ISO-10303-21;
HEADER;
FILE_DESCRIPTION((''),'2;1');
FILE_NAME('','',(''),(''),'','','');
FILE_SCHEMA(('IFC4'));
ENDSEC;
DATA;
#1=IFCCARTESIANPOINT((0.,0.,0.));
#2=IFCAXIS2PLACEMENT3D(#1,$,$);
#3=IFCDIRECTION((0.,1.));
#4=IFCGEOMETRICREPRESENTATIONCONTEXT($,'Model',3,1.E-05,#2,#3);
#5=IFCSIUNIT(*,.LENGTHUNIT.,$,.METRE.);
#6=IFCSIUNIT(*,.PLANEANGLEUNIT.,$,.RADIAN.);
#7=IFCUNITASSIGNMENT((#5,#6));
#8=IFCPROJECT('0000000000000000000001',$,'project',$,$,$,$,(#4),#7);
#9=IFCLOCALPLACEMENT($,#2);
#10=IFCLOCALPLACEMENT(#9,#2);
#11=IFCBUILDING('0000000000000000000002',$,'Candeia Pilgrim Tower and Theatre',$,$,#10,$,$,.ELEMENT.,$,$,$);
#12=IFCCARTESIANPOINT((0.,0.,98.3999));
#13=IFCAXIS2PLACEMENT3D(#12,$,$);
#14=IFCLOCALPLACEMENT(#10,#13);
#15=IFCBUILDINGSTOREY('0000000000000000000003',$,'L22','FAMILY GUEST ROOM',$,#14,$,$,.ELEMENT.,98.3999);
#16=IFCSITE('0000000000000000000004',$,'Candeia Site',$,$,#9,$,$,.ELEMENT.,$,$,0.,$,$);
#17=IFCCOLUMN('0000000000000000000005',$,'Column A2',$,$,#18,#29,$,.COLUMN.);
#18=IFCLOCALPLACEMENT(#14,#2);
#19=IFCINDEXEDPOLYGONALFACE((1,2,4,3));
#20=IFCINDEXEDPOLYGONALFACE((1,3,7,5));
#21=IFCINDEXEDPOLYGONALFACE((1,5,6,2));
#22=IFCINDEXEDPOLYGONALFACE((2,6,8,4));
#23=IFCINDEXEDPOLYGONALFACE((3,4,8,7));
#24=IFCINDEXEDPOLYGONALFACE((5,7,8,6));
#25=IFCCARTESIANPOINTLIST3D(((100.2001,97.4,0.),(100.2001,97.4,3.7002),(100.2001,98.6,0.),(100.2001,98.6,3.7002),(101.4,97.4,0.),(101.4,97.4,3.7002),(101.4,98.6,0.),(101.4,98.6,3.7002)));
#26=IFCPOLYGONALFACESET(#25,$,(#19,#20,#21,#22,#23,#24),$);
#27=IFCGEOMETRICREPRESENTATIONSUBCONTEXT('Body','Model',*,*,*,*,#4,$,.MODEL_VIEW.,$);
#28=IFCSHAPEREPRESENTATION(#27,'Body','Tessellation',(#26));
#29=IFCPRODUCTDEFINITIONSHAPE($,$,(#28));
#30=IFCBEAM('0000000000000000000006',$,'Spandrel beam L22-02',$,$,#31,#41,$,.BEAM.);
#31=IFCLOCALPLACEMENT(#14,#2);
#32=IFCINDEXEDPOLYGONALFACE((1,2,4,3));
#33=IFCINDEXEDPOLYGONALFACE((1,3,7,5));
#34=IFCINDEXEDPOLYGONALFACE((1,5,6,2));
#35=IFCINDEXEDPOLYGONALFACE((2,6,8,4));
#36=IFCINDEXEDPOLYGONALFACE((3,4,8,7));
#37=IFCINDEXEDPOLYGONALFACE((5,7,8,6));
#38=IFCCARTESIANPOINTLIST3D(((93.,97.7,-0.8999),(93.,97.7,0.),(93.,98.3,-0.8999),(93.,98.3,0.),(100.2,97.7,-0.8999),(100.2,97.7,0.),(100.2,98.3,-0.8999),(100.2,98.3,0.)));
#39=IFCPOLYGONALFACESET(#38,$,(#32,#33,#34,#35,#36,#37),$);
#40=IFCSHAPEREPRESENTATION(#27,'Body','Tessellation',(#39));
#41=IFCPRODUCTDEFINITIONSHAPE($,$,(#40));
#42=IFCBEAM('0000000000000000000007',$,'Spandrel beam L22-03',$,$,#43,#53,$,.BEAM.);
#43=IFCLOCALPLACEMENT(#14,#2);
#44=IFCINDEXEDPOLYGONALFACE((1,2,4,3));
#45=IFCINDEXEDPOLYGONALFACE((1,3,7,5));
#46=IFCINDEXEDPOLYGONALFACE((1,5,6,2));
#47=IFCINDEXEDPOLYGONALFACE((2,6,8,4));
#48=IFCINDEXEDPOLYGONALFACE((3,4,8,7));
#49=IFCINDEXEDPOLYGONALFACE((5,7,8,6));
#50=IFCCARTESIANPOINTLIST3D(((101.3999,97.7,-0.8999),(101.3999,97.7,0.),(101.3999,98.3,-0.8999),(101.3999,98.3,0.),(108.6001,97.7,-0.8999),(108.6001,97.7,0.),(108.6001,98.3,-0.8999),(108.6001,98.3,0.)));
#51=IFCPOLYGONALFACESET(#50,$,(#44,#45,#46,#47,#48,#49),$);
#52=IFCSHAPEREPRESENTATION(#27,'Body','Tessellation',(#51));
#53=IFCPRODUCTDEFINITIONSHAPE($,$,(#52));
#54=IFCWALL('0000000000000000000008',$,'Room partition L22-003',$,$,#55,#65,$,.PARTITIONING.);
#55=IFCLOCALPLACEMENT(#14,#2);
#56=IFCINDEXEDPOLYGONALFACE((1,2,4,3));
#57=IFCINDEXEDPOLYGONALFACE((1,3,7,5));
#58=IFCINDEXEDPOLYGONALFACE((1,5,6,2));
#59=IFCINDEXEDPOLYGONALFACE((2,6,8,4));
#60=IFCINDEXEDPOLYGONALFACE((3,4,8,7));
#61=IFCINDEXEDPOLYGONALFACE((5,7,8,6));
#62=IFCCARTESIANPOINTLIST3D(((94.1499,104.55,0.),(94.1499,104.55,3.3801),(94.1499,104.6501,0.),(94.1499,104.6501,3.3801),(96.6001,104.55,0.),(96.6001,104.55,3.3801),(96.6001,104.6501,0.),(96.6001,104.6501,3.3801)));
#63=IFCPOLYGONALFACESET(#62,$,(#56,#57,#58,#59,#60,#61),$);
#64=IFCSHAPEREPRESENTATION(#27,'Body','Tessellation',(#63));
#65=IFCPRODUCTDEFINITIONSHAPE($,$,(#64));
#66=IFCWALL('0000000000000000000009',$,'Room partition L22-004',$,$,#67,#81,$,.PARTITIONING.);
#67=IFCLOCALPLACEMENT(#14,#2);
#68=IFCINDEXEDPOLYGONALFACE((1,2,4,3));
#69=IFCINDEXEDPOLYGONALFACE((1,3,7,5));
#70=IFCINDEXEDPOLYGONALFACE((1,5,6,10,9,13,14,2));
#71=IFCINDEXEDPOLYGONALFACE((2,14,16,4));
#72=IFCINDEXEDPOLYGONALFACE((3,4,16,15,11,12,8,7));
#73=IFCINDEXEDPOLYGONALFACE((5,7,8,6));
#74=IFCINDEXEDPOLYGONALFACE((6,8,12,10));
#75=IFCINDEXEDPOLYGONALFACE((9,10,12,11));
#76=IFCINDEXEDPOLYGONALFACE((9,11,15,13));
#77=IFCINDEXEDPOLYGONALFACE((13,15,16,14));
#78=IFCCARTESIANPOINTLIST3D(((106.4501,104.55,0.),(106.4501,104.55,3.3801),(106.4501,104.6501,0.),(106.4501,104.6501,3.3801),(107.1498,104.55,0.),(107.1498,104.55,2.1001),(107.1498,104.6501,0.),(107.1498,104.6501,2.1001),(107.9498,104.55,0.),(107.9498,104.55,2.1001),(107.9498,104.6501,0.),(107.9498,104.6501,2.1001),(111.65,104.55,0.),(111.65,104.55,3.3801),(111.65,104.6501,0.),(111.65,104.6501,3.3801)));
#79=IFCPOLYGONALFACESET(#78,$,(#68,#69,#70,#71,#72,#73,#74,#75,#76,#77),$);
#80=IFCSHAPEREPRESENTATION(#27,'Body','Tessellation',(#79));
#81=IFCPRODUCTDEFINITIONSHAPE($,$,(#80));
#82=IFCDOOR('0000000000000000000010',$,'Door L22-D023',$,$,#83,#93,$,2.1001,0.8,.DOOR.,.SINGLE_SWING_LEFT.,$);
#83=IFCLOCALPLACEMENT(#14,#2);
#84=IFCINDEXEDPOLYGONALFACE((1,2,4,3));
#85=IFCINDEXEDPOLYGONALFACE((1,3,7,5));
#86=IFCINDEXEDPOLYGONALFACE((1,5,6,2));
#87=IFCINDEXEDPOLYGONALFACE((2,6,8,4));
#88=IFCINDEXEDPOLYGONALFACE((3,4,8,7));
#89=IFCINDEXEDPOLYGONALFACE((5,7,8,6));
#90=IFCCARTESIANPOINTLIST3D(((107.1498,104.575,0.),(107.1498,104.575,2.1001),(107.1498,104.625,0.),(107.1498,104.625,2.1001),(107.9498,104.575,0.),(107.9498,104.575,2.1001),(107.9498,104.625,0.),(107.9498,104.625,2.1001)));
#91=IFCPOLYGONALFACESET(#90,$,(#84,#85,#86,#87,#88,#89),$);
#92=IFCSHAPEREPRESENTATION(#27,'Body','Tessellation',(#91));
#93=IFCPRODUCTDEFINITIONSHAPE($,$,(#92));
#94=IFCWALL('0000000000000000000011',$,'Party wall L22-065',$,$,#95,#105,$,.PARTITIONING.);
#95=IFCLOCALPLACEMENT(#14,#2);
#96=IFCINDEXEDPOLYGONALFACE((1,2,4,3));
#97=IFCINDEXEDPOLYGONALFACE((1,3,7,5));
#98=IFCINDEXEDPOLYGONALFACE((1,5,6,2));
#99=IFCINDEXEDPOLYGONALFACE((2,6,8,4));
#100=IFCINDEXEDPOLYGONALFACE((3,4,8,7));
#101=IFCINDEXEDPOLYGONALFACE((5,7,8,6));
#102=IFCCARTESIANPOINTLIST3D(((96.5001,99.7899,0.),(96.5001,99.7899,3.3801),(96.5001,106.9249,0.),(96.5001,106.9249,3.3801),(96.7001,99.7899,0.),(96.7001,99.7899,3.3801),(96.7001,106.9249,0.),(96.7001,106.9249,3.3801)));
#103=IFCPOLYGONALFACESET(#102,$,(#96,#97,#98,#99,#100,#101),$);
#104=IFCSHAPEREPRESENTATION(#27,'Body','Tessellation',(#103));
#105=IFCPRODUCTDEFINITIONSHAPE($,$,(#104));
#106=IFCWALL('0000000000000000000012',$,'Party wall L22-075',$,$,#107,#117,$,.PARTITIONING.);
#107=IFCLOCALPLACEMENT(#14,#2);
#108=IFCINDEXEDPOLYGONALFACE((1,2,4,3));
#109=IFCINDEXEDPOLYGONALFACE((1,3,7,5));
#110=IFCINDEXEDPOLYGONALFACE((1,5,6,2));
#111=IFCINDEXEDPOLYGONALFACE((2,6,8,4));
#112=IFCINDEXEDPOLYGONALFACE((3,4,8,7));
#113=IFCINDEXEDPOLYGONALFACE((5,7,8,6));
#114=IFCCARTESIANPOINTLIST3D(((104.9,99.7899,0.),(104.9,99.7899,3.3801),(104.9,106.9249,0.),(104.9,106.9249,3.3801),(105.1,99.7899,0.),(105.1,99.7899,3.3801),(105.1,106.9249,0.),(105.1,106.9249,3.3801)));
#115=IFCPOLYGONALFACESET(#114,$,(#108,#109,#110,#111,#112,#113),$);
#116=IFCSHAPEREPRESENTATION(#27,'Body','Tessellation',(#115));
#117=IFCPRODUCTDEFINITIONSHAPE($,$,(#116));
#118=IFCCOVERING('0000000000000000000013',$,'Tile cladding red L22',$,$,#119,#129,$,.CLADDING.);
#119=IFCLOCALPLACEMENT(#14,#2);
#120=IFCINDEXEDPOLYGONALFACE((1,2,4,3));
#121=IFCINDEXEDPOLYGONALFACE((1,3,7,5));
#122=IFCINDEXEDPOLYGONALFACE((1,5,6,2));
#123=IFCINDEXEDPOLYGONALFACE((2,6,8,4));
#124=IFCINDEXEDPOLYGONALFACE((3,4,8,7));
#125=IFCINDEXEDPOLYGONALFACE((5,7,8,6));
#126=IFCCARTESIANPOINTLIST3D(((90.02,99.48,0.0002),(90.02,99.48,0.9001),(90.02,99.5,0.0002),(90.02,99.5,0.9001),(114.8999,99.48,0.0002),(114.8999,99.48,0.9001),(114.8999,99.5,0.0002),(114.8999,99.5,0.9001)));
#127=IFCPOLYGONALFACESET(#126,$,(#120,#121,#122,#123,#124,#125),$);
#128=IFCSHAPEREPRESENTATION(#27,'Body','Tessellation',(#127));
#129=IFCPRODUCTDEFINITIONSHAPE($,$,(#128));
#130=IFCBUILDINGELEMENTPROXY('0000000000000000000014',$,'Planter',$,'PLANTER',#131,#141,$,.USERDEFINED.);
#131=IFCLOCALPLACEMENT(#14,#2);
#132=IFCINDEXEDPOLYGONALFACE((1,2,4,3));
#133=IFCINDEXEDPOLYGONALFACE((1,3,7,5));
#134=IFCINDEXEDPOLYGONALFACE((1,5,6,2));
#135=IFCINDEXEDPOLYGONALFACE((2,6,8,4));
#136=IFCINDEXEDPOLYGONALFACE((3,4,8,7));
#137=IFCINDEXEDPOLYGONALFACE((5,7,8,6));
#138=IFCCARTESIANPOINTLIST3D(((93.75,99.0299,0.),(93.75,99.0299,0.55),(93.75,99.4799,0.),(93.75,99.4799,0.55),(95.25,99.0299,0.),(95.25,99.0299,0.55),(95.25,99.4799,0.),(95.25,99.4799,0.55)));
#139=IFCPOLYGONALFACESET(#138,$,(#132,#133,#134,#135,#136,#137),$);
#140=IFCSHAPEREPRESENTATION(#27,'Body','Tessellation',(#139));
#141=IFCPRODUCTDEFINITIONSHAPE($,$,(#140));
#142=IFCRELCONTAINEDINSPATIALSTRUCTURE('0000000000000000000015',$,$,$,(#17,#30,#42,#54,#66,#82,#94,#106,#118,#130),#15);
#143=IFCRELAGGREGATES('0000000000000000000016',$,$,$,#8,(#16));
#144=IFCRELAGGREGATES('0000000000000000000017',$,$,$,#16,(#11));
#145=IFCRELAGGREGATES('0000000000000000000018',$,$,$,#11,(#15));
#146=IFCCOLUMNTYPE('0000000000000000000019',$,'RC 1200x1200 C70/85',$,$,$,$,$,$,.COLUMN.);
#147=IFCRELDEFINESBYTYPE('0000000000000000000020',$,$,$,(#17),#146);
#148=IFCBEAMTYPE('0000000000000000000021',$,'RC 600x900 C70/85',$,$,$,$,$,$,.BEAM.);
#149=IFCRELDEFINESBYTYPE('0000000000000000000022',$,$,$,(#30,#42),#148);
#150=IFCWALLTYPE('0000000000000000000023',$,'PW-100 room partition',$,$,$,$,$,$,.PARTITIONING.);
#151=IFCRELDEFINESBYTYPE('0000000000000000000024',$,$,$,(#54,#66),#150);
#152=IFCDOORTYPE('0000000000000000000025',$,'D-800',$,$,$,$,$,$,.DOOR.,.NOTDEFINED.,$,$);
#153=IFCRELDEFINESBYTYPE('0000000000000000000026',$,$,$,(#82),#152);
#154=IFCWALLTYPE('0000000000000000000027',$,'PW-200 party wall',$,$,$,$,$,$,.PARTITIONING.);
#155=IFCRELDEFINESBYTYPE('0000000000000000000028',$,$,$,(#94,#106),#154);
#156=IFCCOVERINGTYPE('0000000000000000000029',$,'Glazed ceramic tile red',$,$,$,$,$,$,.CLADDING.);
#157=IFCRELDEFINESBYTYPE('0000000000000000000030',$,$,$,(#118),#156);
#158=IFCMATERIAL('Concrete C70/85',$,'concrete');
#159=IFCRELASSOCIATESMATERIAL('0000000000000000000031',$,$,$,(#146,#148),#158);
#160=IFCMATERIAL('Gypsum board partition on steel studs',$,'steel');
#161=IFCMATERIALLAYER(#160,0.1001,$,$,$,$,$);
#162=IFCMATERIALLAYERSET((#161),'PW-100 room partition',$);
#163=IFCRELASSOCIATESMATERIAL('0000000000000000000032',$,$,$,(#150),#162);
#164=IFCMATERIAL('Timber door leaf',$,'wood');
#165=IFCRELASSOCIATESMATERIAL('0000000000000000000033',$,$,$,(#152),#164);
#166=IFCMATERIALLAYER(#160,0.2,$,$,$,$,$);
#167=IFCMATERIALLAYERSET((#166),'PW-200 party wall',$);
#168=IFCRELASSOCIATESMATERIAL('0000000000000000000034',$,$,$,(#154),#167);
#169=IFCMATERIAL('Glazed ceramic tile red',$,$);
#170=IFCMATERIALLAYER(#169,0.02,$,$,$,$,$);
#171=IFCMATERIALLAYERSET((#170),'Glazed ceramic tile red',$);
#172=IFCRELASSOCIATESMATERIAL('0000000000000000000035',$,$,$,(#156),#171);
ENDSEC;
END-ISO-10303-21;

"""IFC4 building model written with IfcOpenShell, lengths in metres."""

from ifc_helpers import new_model, si_unit, direction, frame, frame_2d, origin, origin_2d, place, context, subcontext, project, spatial, rectangle, extrude, material, layer, layer_set, material_profile, profile_set, type_object, element, fill, save


model = new_model("IFC4")

# Units and contexts
model_context = context("Model", 3, precision=1e-05, world=origin(), true_north=direction((0.0, 1.0)))
body_context = subcontext(model_context, "Body", "Model", "MODEL_VIEW")
ifc_project = project(units=[si_unit("LENGTHUNIT", "METRE"), si_unit("PLANEANGLEUNIT", "RADIAN")], contexts=[model_context])

# Site, building, storey
site_placement = place(None, origin())
site = spatial("IfcSite", under=ifc_project, at=site_placement, Name="Candeia Site", CompositionType="ELEMENT", RefElevation=0.0)
building_placement = place(site_placement, origin())
building = spatial("IfcBuilding", under=site, at=building_placement, Name="Candeia Pilgrim Tower and Theatre", CompositionType="ELEMENT")
storey_placement = place(building_placement, frame((0.0, 0.0, 98.3999)))
storey = spatial("IfcBuildingStorey", under=building, at=storey_placement, Name="L22", Description="FAMILY GUEST ROOM", CompositionType="ELEMENT", Elevation=98.3999)

# Column
ifc_material_1 = material(Name="Concrete C70/85", Category="concrete")
ifc_material_profile_1 = material_profile(ifc_material_1, rectangle(XDim=1.2, YDim=1.2, at=origin_2d()))
ifc_profile_set_1 = profile_set([ifc_material_profile_1], Name="Concrete C70/85")
column_type = type_object("IfcColumnType", Name="RC 1200x1200 C70/85", PredefinedType="COLUMN", material=ifc_profile_set_1)
column_placement = place(storey_placement, frame((100.8, 98.0, 0.0), z_axis=(0.0, 0.0, 1.0), x_axis=(1.0, 0.0, 0.0)))
element("IfcColumn", 1, at=column_placement, inside=storey, type_object=column_type, Name="Column A2", PredefinedType="COLUMN", context=body_context, shape_type="SweptSolid", body=[
    extrude(rectangle(XDim=1.2, YDim=1.2, at=origin_2d()), origin(), (0.0, 0.0, 1.0), 3.7002),
])

# Beams
ifc_material_profile_2 = material_profile(ifc_material_1, rectangle(XDim=0.6001, YDim=0.8999, at=origin_2d()))
ifc_profile_set_2 = profile_set([ifc_material_profile_2], Name="Concrete C70/85")
beam_type = type_object("IfcBeamType", Name="RC 600x900 C70/85", PredefinedType="BEAM", material=ifc_profile_set_2)
beam_1_placement = place(storey_placement, frame((93.0, 98.0, -0.45), z_axis=(1.0, 0.0, 0.0), x_axis=(0.0, 1.0, 0.0)))
element("IfcBeam", 2, at=beam_1_placement, inside=storey, type_object=beam_type, Name="Spandrel beam L22-02", PredefinedType="BEAM", context=body_context, shape_type="SweptSolid", body=[
    extrude(rectangle(XDim=0.6001, YDim=0.8999, at=origin_2d()), origin(), (0.0, 0.0, 1.0), 7.2),
])
beam_2_placement = place(storey_placement, frame((101.3999, 98.0, -0.45), z_axis=(1.0, 0.0, 0.0), x_axis=(0.0, 1.0, 0.0)))
element("IfcBeam", 3, at=beam_2_placement, inside=storey, type_object=beam_type, Name="Spandrel beam L22-03", PredefinedType="BEAM", context=body_context, shape_type="SweptSolid", body=[
    extrude(rectangle(XDim=0.6001, YDim=0.8999, at=origin_2d()), origin(), (0.0, 0.0, 1.0), 7.2002),
])

# Wall
ifc_material_2 = material(Name="Gypsum board partition on steel studs", Category="steel")
ifc_layer_1 = layer(ifc_material_2, 0.1001)
ifc_layer_set_1 = layer_set([ifc_layer_1], Name="PW-100 room partition")
wall_type_1 = type_object("IfcWallType", Name="PW-100 room partition", PredefinedType="PARTITIONING", material=ifc_layer_set_1)
wall_1_placement = place(storey_placement, frame((94.1499, 104.6001, 0.0), z_axis=(0.0, 0.0, 1.0), x_axis=(1.0, 0.0, 0.0)))
element("IfcWall", 4, at=wall_1_placement, inside=storey, type_object=wall_type_1, Name="Room partition L22-003", PredefinedType="PARTITIONING", context=body_context, shape_type="SweptSolid", body=[
    extrude(rectangle(XDim=2.4502, YDim=0.1001, at=frame_2d((1.2251, 0.0))), origin(), (0.0, 0.0, 1.0), 3.3801),
])

# Wall, opening, door
wall_2_placement = place(storey_placement, frame((106.45, 104.6001, 0.0), z_axis=(0.0, 0.0, 1.0), x_axis=(1.0, 0.0, 0.0)))
wall_2 = element("IfcWall", 5, at=wall_2_placement, inside=storey, type_object=wall_type_1, Name="Room partition L22-004", PredefinedType="PARTITIONING", context=body_context, shape_type="SweptSolid", body=[
    extrude(rectangle(XDim=5.2, YDim=0.1001, at=frame_2d((2.6001, 0.0))), origin(), (0.0, 0.0, 1.0), 3.3801),
])
opening_placement = place(wall_2_placement, frame((0.7, 0.0, 0.0)))
opening = element("IfcOpeningElement", 6, at=opening_placement, cuts=wall_2, PredefinedType="OPENING", context=body_context, shape_type="SweptSolid", body=[
    extrude(rectangle(XDim=0.8, YDim=2.1001, at=frame_2d((0.3999, 1.05))), frame((0.0, 0.0601, 0.0), z_axis=(0.0, -1.0, 0.0), x_axis=(1.0, 0.0, 0.0)), (0.0, 0.0, 1.0), 0.1201),
])
ifc_material_3 = material(Name="Timber door leaf", Category="wood")
door_type = type_object("IfcDoorType", Name="D-800", OperationType="NOTDEFINED", PredefinedType="DOOR", material=ifc_material_3)
door_placement = place(opening_placement, origin())
door = element("IfcDoor", 7, at=door_placement, inside=storey, type_object=door_type, Name="Door L22-D023", OperationType="SINGLE_SWING_LEFT", OverallHeight=2.1001, OverallWidth=0.8, PredefinedType="DOOR", context=body_context, shape_type="SweptSolid", body=[
    extrude(rectangle(XDim=0.8, YDim=2.1001, at=frame_2d((0.3999, 1.05))), frame((0.0, 0.0249, 0.0), z_axis=(0.0, -1.0, 0.0), x_axis=(1.0, 0.0, 0.0)), (0.0, 0.0, 1.0), 0.05),
])
fill(opening, door)

# Walls
ifc_layer_2 = layer(ifc_material_2, 0.2)
ifc_layer_set_2 = layer_set([ifc_layer_2], Name="PW-200 party wall")
wall_type_2 = type_object("IfcWallType", Name="PW-200 party wall", PredefinedType="PARTITIONING", material=ifc_layer_set_2)
for number, where, z_axis, x_axis, name in (
    (8, (96.6001, 99.79, 0.0), (0.0, 0.0, 1.0), (0.0, 1.0, 0.0), "Party wall L22-065"),
    (9, (105.0, 99.79, 0.0), (0.0, 0.0, 1.0), (0.0, 1.0, 0.0), "Party wall L22-075"),
):
    element("IfcWall", number, at=place(storey_placement, frame(where, z_axis=z_axis, x_axis=x_axis)), inside=storey, type_object=wall_type_2, Name=name, PredefinedType="PARTITIONING", context=body_context, shape_type="SweptSolid", body=[
        extrude(rectangle(XDim=7.135, YDim=0.2, at=frame_2d((3.5674, 0.0))), origin(), (0.0, 0.0, 1.0), 3.3801),
    ])

# Covering
ifc_material_4 = material(Name="Glazed ceramic tile red")
ifc_layer_3 = layer(ifc_material_4, 0.02)
ifc_layer_set_3 = layer_set([ifc_layer_3], Name="Glazed ceramic tile red")
covering_type = type_object("IfcCoveringType", Name="Glazed ceramic tile red", PredefinedType="CLADDING", material=ifc_layer_set_3)
covering_placement = place(storey_placement, frame((102.46, 99.49, 0.0002), z_axis=(0.0, 0.0, 1.0), x_axis=(1.0, 0.0, 0.0)))
element("IfcCovering", 10, at=covering_placement, inside=storey, type_object=covering_type, Name="Tile cladding red L22", PredefinedType="CLADDING", context=body_context, shape_type="SweptSolid", body=[
    extrude(rectangle(XDim=24.8799, YDim=0.02, at=origin_2d()), origin(), (0.0, 0.0, 1.0), 0.8999),
])

# Building element proxy
proxy_placement = place(storey_placement, frame((94.5, 99.2549, 0.0), z_axis=(0.0, 0.0, 1.0), x_axis=(1.0, 0.0, 0.0)))
element("IfcBuildingElementProxy", 11, at=proxy_placement, inside=storey, Name="Planter", ObjectType="PLANTER", PredefinedType="USERDEFINED", context=body_context, shape_type="SweptSolid", body=[
    extrude(rectangle(XDim=1.5, YDim=0.45, at=origin_2d()), origin(), (0.0, 0.0, 1.0), 0.55),
])

save(model, "model.ifc")
